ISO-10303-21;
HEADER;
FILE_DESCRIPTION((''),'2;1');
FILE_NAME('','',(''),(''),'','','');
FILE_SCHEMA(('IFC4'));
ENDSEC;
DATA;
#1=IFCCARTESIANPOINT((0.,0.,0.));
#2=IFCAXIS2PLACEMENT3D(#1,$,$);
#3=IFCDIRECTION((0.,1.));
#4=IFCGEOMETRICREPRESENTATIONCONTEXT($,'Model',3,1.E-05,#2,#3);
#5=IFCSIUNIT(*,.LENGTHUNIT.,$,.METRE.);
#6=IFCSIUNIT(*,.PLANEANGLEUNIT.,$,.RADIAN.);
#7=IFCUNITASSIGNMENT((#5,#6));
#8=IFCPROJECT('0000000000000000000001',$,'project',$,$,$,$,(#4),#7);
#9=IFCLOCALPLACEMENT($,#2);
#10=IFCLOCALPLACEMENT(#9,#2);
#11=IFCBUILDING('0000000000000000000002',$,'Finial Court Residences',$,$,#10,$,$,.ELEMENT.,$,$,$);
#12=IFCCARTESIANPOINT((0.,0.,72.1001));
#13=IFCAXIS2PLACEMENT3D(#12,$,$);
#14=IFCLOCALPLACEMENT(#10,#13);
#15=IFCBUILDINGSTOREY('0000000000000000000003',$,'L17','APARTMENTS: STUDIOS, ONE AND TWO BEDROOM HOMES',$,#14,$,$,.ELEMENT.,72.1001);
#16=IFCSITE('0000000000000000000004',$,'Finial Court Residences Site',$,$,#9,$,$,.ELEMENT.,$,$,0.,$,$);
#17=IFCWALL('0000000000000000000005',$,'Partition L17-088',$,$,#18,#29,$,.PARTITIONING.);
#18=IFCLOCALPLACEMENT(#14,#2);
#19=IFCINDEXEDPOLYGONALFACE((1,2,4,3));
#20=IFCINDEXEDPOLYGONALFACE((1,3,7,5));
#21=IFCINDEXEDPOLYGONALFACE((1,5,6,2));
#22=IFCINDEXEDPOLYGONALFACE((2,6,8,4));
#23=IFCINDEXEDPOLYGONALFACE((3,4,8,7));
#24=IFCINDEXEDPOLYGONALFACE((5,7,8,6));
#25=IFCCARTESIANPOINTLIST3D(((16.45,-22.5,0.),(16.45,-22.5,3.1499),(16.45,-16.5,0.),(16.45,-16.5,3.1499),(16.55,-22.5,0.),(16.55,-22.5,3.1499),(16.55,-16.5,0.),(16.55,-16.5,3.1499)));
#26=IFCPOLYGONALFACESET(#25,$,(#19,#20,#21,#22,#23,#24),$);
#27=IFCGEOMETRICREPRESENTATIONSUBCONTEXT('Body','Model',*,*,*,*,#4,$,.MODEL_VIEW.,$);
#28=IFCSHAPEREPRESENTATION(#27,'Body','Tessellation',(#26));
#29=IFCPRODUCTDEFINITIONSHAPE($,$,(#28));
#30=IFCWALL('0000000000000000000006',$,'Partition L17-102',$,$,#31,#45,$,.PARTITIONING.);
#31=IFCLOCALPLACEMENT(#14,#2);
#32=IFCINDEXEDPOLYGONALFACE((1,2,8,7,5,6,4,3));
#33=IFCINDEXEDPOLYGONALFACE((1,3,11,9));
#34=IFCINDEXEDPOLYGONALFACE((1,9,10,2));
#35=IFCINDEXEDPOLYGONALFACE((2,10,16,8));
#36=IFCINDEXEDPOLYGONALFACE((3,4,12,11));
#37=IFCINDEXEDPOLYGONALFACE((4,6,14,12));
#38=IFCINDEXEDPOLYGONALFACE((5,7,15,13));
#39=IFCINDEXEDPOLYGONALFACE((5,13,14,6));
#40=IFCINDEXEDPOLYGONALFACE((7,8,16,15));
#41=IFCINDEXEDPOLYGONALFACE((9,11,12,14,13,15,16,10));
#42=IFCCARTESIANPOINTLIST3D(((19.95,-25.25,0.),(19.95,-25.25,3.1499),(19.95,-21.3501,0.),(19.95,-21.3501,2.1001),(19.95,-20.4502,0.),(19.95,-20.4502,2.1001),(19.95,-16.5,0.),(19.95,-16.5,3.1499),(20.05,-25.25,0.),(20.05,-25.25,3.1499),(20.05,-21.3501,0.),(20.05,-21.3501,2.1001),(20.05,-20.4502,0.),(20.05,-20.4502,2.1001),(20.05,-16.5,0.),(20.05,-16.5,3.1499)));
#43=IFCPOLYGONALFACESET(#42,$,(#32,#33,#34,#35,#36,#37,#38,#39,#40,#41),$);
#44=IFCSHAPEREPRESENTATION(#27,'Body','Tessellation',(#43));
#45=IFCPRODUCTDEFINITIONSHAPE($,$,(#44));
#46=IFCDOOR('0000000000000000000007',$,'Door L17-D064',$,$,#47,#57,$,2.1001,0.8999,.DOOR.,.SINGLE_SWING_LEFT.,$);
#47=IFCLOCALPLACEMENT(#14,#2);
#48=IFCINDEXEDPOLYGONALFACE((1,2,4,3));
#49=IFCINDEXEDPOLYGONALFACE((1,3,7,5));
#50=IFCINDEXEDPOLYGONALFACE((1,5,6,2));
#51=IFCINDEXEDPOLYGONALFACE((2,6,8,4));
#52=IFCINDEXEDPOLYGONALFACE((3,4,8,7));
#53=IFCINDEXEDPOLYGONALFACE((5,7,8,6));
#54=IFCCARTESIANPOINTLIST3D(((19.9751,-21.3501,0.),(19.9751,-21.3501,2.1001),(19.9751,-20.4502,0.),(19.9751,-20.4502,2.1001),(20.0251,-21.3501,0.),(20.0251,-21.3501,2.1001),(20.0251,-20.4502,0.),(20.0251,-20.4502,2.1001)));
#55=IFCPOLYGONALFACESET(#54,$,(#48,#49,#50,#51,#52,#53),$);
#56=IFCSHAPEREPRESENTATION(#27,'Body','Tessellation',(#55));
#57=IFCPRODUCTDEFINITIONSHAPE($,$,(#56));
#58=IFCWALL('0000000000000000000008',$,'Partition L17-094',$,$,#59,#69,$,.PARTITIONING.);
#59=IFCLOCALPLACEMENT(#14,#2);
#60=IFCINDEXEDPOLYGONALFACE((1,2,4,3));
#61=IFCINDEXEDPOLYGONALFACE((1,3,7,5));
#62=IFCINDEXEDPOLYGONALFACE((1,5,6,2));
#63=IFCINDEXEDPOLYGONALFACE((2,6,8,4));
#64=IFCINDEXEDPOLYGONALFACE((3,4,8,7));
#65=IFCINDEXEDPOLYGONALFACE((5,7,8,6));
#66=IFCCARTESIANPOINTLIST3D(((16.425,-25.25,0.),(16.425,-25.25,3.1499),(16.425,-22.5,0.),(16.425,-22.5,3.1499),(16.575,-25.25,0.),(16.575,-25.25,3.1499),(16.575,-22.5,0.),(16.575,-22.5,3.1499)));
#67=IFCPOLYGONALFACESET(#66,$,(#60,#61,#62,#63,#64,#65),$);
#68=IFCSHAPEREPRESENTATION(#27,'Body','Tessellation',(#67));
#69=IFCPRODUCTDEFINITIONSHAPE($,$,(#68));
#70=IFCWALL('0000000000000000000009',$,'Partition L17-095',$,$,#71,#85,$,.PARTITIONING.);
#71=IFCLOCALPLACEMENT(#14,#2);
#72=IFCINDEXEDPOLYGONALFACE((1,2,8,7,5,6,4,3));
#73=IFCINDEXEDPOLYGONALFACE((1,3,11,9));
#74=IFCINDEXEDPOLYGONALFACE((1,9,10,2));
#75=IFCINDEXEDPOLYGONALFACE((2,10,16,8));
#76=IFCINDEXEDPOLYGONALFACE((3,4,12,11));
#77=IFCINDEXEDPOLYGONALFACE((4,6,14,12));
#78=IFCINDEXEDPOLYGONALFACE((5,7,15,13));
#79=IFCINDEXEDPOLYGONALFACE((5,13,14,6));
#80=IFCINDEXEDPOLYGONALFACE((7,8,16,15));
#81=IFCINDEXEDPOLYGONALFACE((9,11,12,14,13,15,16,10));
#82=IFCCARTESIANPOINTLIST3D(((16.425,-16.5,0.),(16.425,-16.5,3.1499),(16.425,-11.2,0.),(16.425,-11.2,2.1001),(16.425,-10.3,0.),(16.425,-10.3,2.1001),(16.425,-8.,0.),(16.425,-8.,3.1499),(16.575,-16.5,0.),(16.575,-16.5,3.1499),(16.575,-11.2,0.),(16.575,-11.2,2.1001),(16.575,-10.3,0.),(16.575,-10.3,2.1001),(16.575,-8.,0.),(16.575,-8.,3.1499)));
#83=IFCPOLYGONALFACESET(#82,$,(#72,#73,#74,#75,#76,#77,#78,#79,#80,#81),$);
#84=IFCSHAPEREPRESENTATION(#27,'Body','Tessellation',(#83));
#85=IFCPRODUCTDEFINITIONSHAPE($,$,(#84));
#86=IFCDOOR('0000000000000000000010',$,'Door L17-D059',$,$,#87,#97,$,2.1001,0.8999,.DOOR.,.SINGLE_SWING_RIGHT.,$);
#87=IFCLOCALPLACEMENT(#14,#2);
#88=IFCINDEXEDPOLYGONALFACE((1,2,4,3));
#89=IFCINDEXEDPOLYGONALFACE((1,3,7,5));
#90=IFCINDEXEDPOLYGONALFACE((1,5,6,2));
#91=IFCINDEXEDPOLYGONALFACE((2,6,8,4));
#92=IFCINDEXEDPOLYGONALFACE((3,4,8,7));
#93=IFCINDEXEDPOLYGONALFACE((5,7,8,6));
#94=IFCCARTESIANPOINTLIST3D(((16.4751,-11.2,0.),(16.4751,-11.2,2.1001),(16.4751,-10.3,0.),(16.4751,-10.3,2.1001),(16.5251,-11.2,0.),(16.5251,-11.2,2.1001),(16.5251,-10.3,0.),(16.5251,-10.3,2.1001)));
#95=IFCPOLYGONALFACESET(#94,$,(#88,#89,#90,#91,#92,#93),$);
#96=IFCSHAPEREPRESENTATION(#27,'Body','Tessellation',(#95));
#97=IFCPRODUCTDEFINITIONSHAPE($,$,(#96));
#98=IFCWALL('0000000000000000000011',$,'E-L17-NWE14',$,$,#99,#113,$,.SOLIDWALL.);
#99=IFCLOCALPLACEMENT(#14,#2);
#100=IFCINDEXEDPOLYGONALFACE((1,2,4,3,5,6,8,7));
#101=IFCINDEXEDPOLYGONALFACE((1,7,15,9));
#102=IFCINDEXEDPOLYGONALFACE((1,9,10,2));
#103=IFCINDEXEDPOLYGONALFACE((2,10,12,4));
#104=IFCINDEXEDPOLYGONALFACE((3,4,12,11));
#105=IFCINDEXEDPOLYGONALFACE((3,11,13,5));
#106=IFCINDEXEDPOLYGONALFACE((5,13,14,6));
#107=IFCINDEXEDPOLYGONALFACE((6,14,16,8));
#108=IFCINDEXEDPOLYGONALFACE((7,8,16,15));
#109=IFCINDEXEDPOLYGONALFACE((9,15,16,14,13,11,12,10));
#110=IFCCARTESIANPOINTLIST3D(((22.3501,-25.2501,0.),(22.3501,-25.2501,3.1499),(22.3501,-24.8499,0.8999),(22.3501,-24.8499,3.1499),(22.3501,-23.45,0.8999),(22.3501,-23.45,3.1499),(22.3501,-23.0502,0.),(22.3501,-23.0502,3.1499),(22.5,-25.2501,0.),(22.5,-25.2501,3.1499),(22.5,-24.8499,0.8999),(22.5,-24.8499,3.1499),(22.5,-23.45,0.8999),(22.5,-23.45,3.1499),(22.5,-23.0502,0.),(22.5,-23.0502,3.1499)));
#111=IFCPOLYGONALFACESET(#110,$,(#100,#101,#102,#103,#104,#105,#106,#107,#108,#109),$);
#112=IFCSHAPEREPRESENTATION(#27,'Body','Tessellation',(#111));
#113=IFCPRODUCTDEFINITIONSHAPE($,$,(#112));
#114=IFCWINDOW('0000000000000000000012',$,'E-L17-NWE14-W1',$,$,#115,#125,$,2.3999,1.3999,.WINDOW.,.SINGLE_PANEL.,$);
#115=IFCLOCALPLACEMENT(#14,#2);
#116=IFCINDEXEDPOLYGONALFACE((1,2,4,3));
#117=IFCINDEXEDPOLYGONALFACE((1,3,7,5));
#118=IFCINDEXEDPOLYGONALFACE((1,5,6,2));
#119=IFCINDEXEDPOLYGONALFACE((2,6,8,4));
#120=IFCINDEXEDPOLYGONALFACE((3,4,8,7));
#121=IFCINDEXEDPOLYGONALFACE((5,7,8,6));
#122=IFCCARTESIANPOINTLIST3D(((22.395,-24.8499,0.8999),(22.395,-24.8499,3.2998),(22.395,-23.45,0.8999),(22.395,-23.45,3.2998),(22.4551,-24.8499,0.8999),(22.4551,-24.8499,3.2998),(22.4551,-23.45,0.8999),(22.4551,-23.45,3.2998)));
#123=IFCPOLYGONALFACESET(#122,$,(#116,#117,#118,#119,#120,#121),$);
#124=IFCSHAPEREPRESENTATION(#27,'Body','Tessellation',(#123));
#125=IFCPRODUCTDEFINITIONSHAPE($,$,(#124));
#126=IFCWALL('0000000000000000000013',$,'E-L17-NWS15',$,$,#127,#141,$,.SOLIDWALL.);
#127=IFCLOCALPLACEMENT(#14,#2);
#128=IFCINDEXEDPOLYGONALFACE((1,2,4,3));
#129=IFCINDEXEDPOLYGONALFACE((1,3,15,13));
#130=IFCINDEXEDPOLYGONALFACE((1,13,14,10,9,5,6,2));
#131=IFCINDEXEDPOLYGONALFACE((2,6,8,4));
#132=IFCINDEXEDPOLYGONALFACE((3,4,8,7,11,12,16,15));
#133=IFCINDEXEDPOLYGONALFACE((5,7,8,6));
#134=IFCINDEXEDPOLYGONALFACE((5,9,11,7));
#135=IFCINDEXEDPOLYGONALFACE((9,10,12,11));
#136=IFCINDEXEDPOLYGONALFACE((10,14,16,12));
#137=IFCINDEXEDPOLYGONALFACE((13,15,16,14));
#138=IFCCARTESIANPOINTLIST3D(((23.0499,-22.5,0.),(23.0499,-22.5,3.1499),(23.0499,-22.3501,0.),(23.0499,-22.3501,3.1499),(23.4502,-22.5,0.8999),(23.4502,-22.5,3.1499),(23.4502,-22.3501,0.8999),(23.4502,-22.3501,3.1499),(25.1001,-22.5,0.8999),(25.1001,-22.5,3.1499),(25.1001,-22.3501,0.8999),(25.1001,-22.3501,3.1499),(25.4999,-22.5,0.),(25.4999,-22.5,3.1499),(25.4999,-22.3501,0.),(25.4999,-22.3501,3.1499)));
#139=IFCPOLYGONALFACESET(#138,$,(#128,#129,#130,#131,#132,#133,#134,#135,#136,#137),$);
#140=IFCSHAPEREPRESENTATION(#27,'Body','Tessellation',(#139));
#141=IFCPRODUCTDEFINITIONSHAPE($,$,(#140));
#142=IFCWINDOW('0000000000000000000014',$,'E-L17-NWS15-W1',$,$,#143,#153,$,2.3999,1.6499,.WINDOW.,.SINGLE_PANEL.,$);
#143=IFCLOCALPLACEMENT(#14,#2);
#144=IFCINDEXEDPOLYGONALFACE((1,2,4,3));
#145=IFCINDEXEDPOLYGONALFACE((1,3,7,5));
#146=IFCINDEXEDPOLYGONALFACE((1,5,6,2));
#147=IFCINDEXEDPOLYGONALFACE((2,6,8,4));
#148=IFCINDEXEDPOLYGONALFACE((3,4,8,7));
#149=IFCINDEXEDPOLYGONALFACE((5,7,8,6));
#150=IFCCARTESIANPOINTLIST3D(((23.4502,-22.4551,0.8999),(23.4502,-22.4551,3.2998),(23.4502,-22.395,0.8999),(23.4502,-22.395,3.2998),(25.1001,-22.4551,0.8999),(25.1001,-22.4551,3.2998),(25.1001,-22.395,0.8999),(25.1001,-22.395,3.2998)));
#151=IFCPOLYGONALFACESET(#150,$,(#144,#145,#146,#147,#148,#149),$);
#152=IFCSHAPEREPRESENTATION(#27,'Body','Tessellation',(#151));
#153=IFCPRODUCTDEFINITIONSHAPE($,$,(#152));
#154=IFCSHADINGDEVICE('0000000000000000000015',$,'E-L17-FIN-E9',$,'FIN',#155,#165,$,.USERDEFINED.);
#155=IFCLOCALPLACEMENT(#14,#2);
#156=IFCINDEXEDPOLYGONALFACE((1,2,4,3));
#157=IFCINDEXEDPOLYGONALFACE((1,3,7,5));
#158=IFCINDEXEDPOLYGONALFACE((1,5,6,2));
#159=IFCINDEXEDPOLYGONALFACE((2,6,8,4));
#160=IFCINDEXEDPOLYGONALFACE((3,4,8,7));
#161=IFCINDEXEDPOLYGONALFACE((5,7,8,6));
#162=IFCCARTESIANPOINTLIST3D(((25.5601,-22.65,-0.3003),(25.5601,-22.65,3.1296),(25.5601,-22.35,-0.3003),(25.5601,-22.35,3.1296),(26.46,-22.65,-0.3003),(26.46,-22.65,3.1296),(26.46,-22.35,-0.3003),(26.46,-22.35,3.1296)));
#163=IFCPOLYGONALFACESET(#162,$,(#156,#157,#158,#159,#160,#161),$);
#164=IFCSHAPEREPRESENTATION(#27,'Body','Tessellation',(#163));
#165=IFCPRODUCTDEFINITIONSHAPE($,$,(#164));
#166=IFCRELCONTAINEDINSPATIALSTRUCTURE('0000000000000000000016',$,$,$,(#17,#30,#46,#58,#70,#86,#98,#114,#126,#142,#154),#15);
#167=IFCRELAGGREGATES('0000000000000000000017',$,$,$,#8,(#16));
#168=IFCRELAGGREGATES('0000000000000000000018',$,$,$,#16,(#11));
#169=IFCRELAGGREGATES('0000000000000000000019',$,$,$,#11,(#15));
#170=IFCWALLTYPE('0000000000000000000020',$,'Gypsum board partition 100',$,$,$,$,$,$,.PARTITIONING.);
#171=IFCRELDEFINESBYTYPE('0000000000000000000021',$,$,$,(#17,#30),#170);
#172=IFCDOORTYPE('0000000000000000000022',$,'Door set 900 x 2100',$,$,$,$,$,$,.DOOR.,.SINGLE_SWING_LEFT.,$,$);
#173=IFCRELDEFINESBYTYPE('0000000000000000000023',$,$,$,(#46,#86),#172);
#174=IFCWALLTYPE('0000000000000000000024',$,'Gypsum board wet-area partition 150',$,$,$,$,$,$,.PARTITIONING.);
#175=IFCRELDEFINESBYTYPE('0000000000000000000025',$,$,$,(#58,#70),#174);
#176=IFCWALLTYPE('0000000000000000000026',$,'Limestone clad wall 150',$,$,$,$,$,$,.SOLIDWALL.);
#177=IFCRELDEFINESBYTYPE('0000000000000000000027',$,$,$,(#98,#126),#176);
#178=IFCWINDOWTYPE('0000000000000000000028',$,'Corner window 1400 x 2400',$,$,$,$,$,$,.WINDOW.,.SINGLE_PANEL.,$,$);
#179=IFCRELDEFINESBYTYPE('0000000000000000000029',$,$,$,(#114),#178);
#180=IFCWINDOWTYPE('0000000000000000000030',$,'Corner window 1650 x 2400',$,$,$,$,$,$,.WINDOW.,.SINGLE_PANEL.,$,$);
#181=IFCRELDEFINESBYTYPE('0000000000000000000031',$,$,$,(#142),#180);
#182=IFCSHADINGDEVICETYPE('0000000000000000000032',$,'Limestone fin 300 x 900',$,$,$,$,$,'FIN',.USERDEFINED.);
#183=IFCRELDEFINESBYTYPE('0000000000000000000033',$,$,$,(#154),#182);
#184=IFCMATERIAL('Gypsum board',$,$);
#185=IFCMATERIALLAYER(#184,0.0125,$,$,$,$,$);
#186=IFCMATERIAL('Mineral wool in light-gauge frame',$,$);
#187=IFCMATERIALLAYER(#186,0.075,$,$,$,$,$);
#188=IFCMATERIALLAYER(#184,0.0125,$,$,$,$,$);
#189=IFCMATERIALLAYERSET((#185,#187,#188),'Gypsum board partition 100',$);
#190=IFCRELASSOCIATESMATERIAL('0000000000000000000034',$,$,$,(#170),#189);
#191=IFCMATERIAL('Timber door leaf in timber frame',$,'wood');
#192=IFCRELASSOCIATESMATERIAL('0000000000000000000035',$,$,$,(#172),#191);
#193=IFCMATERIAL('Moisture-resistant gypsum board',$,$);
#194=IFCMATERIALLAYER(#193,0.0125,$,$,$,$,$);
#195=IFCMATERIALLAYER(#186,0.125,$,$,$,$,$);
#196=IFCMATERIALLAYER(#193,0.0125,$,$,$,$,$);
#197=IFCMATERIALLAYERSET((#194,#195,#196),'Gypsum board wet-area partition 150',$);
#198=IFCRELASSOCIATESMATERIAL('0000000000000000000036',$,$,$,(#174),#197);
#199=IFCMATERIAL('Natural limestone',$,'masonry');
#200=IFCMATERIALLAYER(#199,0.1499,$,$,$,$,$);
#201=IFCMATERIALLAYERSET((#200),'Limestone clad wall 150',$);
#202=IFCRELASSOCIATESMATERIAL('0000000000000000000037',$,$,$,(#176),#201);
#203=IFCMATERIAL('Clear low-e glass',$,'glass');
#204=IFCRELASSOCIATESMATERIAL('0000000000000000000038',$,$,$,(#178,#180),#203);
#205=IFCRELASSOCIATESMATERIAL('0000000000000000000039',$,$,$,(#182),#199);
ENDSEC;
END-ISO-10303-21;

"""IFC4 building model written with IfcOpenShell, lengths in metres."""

from ifc_helpers import new_model, si_unit, direction, frame, frame_2d, origin, origin_2d, place, context, subcontext, project, spatial, rectangle, extrude, material, layer, layer_set, type_object, element, fill, save


model = new_model("IFC4")

# Units and contexts
model_context = context("Model", 3, precision=1e-05, world=origin(), true_north=direction((0.0, 1.0)))
body_context = subcontext(model_context, "Body", "Model", "MODEL_VIEW")
ifc_project = project(units=[si_unit("LENGTHUNIT", "METRE"), si_unit("PLANEANGLEUNIT", "RADIAN")], contexts=[model_context])

# Site, building, storey
site_placement = place(None, origin())
site = spatial("IfcSite", under=ifc_project, at=site_placement, Name="Finial Court Residences Site", CompositionType="ELEMENT", RefElevation=0.0)
building_placement = place(site_placement, origin())
building = spatial("IfcBuilding", under=site, at=building_placement, Name="Finial Court Residences", CompositionType="ELEMENT")
storey_placement = place(building_placement, frame((0.0, 0.0, 72.1001)))
storey = spatial("IfcBuildingStorey", under=building, at=storey_placement, Name="L17", Description="APARTMENTS: STUDIOS, ONE AND TWO BEDROOM HOMES", CompositionType="ELEMENT", Elevation=72.1001)

# Shared definitions
ifc_material_1 = material(Name="Clear low-e glass", Category="glass")

# Wall
ifc_material_2 = material(Name="Gypsum board")
ifc_layer_1 = layer(ifc_material_2, 0.0125)
ifc_material_3 = material(Name="Mineral wool in light-gauge frame")
ifc_layer_2 = layer(ifc_material_3, 0.075)
ifc_layer_3 = layer(ifc_material_2, 0.0125)
ifc_layer_set_1 = layer_set([ifc_layer_1, ifc_layer_2, ifc_layer_3], Name="Gypsum board partition 100")
wall_type_1 = type_object("IfcWallType", Name="Gypsum board partition 100", PredefinedType="PARTITIONING", material=ifc_layer_set_1)
wall_1_placement = place(storey_placement, frame((16.5, -22.5, 0.0), z_axis=(0.0, 0.0, 1.0), x_axis=(0.0, 1.0, 0.0)))
element("IfcWall", 1, at=wall_1_placement, inside=storey, type_object=wall_type_1, Name="Partition L17-088", PredefinedType="PARTITIONING", context=body_context, shape_type="SweptSolid", body=[
    extrude(rectangle(XDim=6.0, YDim=0.1001, at=frame_2d((3.0, 0.0))), origin(), (0.0, 0.0, 1.0), 3.1499),
])

# Wall, opening, door
wall_2_placement = place(storey_placement, frame((20.0, -25.25, 0.0), z_axis=(0.0, 0.0, 1.0), x_axis=(0.0, 1.0, 0.0)))
wall_2 = element("IfcWall", 2, at=wall_2_placement, inside=storey, type_object=wall_type_1, Name="Partition L17-102", PredefinedType="PARTITIONING", context=body_context, shape_type="SweptSolid", body=[
    extrude(rectangle(XDim=8.75, YDim=0.1001, at=frame_2d((4.375, 0.0))), origin(), (0.0, 0.0, 1.0), 3.1499),
])
opening_1_placement = place(wall_2_placement, frame((3.8999, 0.0, 0.0)))
opening_1 = element("IfcOpeningElement", 3, at=opening_1_placement, cuts=wall_2, PredefinedType="OPENING", context=body_context, shape_type="SweptSolid", body=[
    extrude(rectangle(XDim=0.8999, YDim=2.1001, at=frame_2d((0.45, 1.05))), frame((0.0, 0.0601, 0.0), z_axis=(0.0, -1.0, 0.0), x_axis=(1.0, 0.0, 0.0)), (0.0, 0.0, 1.0), 0.1201),
])
ifc_material_4 = material(Name="Timber door leaf in timber frame", Category="wood")
door_type = type_object("IfcDoorType", Name="Door set 900 x 2100", OperationType="SINGLE_SWING_LEFT", PredefinedType="DOOR", material=ifc_material_4)
door_1_placement = place(opening_1_placement, origin())
door_1 = element("IfcDoor", 4, at=door_1_placement, inside=storey, type_object=door_type, Name="Door L17-D064", OperationType="SINGLE_SWING_LEFT", OverallHeight=2.1001, OverallWidth=0.8999, PredefinedType="DOOR", context=body_context, shape_type="SweptSolid", body=[
    extrude(rectangle(XDim=0.8999, YDim=2.1001, at=frame_2d((0.45, 1.05))), frame((0.0, 0.0249, 0.0), z_axis=(0.0, -1.0, 0.0), x_axis=(1.0, 0.0, 0.0)), (0.0, 0.0, 1.0), 0.05),
])
fill(opening_1, door_1)

# Wall
ifc_material_5 = material(Name="Moisture-resistant gypsum board")
ifc_layer_4 = layer(ifc_material_5, 0.0125)
ifc_layer_5 = layer(ifc_material_3, 0.125)
ifc_layer_6 = layer(ifc_material_5, 0.0125)
ifc_layer_set_2 = layer_set([ifc_layer_4, ifc_layer_5, ifc_layer_6], Name="Gypsum board wet-area partition 150")
wall_type_2 = type_object("IfcWallType", Name="Gypsum board wet-area partition 150", PredefinedType="PARTITIONING", material=ifc_layer_set_2)
wall_3_placement = place(storey_placement, frame((16.5, -25.25, 0.0), z_axis=(0.0, 0.0, 1.0), x_axis=(0.0, 1.0, 0.0)))
element("IfcWall", 5, at=wall_3_placement, inside=storey, type_object=wall_type_2, Name="Partition L17-094", PredefinedType="PARTITIONING", context=body_context, shape_type="SweptSolid", body=[
    extrude(rectangle(XDim=2.75, YDim=0.1499, at=frame_2d((1.375, 0.0))), origin(), (0.0, 0.0, 1.0), 3.1499),
])

# Wall, opening, door
wall_4_placement = place(storey_placement, frame((16.5, -16.5, 0.0), z_axis=(0.0, 0.0, 1.0), x_axis=(0.0, 1.0, 0.0)))
wall_4 = element("IfcWall", 6, at=wall_4_placement, inside=storey, type_object=wall_type_2, Name="Partition L17-095", PredefinedType="PARTITIONING", context=body_context, shape_type="SweptSolid", body=[
    extrude(rectangle(XDim=8.5, YDim=0.1499, at=frame_2d((4.25, 0.0))), origin(), (0.0, 0.0, 1.0), 3.1499),
])
opening_2_placement = place(wall_4_placement, frame((5.3, 0.0, 0.0)))
opening_2 = element("IfcOpeningElement", 7, at=opening_2_placement, cuts=wall_4, PredefinedType="OPENING", context=body_context, shape_type="SweptSolid", body=[
    extrude(rectangle(XDim=0.8999, YDim=2.1001, at=frame_2d((0.45, 1.05))), frame((0.0, 0.085, 0.0), z_axis=(0.0, -1.0, 0.0), x_axis=(1.0, 0.0, 0.0)), (0.0, 0.0, 1.0), 0.1699),
])
door_2_placement = place(opening_2_placement, origin())
door_2 = element("IfcDoor", 8, at=door_2_placement, inside=storey, type_object=door_type, Name="Door L17-D059", OperationType="SINGLE_SWING_RIGHT", OverallHeight=2.1001, OverallWidth=0.8999, PredefinedType="DOOR", context=body_context, shape_type="SweptSolid", body=[
    extrude(rectangle(XDim=0.8999, YDim=2.1001, at=frame_2d((0.45, 1.05))), frame((0.0, 0.0249, 0.0), z_axis=(0.0, -1.0, 0.0), x_axis=(1.0, 0.0, 0.0)), (0.0, 0.0, 1.0), 0.05),
])
fill(opening_2, door_2)

# Walls, openings, windows
ifc_material_6 = material(Name="Natural limestone", Category="masonry")
ifc_layer_7 = layer(ifc_material_6, 0.1499)
ifc_layer_set_3 = layer_set([ifc_layer_7], Name="Limestone clad wall 150")
wall_type_3 = type_object("IfcWallType", Name="Limestone clad wall 150", PredefinedType="SOLIDWALL", material=ifc_layer_set_3)
wall_5_placement = place(storey_placement, frame((22.425, -23.05, 0.0), z_axis=(0.0, 0.0, 1.0), x_axis=(0.0, -1.0, 0.0)))
wall_5 = element("IfcWall", 9, at=wall_5_placement, inside=storey, type_object=wall_type_3, Name="E-L17-NWE14", PredefinedType="SOLIDWALL", context=body_context, shape_type="SweptSolid", body=[
    extrude(rectangle(XDim=2.2, YDim=0.1499, at=frame_2d((1.1001, 0.0))), origin(), (0.0, 0.0, 1.0), 3.1499),
])
opening_3_placement = place(wall_5_placement, frame((0.3999, 0.0, 0.8999)))
opening_3 = element("IfcOpeningElement", 10, at=opening_3_placement, cuts=wall_5, PredefinedType="OPENING", context=body_context, shape_type="SweptSolid", body=[
    extrude(rectangle(XDim=1.3999, YDim=2.3999, at=frame_2d((0.7, 1.2))), frame((0.0, 0.085, 0.0), z_axis=(0.0, -1.0, 0.0), x_axis=(1.0, 0.0, 0.0)), (0.0, 0.0, 1.0), 0.1699),
])
window_type_1 = type_object("IfcWindowType", Name="Corner window 1400 x 2400", PartitioningType="SINGLE_PANEL", PredefinedType="WINDOW", material=ifc_material_1)
window_1_placement = place(opening_3_placement, origin())
window_1 = element("IfcWindow", 11, at=window_1_placement, inside=storey, type_object=window_type_1, Name="E-L17-NWE14-W1", OverallHeight=2.3999, OverallWidth=1.3999, PartitioningType="SINGLE_PANEL", PredefinedType="WINDOW", context=body_context, shape_type="SweptSolid", body=[
    extrude(rectangle(XDim=1.3999, YDim=2.3999, at=frame_2d((0.7, 1.2))), frame((0.0, 0.03, 0.0), z_axis=(0.0, -1.0, 0.0), x_axis=(1.0, 0.0, 0.0)), (0.0, 0.0, 1.0), 0.0601),
])
fill(opening_3, window_1)
wall_6_placement = place(storey_placement, frame((25.5, -22.425, 0.0), z_axis=(0.0, 0.0, 1.0), x_axis=(-1.0, 0.0, 0.0)))
wall_6 = element("IfcWall", 12, at=wall_6_placement, inside=storey, type_object=wall_type_3, Name="E-L17-NWS15", PredefinedType="SOLIDWALL", context=body_context, shape_type="SweptSolid", body=[
    extrude(rectangle(XDim=2.45, YDim=0.1499, at=frame_2d((1.2251, 0.0))), origin(), (0.0, 0.0, 1.0), 3.1499),
])
opening_4_placement = place(wall_6_placement, frame((0.3999, 0.0, 0.8999)))
opening_4 = element("IfcOpeningElement", 13, at=opening_4_placement, cuts=wall_6, PredefinedType="OPENING", context=body_context, shape_type="SweptSolid", body=[
    extrude(rectangle(XDim=1.6499, YDim=2.3999, at=frame_2d((0.825, 1.2))), frame((0.0, 0.085, 0.0), z_axis=(0.0, -1.0, 0.0), x_axis=(1.0, 0.0, 0.0)), (0.0, 0.0, 1.0), 0.1699),
])
window_type_2 = type_object("IfcWindowType", Name="Corner window 1650 x 2400", PartitioningType="SINGLE_PANEL", PredefinedType="WINDOW", material=ifc_material_1)
window_2_placement = place(opening_4_placement, origin())
window_2 = element("IfcWindow", 14, at=window_2_placement, inside=storey, type_object=window_type_2, Name="E-L17-NWS15-W1", OverallHeight=2.3999, OverallWidth=1.6499, PartitioningType="SINGLE_PANEL", PredefinedType="WINDOW", context=body_context, shape_type="SweptSolid", body=[
    extrude(rectangle(XDim=1.6499, YDim=2.3999, at=frame_2d((0.825, 1.2))), frame((0.0, 0.03, 0.0), z_axis=(0.0, -1.0, 0.0), x_axis=(1.0, 0.0, 0.0)), (0.0, 0.0, 1.0), 0.0601),
])
fill(opening_4, window_2)

# Shading device
shading_device_type = type_object("IfcShadingDeviceType", Name="Limestone fin 300 x 900", ElementType="FIN", PredefinedType="USERDEFINED", material=ifc_material_6)
shading_device_placement = place(storey_placement, frame((26.01, -22.5, -0.3003), z_axis=(0.0, 0.0, 1.0), x_axis=(1.0, 0.0, 0.0)))
element("IfcShadingDevice", 15, at=shading_device_placement, inside=storey, type_object=shading_device_type, Name="E-L17-FIN-E9", ObjectType="FIN", PredefinedType="USERDEFINED", context=body_context, shape_type="SweptSolid", body=[
    extrude(rectangle(XDim=0.8999, YDim=0.3, at=origin_2d()), origin(), (0.0, 0.0, 1.0), 3.4299),
])

save(model, "model.ifc")
